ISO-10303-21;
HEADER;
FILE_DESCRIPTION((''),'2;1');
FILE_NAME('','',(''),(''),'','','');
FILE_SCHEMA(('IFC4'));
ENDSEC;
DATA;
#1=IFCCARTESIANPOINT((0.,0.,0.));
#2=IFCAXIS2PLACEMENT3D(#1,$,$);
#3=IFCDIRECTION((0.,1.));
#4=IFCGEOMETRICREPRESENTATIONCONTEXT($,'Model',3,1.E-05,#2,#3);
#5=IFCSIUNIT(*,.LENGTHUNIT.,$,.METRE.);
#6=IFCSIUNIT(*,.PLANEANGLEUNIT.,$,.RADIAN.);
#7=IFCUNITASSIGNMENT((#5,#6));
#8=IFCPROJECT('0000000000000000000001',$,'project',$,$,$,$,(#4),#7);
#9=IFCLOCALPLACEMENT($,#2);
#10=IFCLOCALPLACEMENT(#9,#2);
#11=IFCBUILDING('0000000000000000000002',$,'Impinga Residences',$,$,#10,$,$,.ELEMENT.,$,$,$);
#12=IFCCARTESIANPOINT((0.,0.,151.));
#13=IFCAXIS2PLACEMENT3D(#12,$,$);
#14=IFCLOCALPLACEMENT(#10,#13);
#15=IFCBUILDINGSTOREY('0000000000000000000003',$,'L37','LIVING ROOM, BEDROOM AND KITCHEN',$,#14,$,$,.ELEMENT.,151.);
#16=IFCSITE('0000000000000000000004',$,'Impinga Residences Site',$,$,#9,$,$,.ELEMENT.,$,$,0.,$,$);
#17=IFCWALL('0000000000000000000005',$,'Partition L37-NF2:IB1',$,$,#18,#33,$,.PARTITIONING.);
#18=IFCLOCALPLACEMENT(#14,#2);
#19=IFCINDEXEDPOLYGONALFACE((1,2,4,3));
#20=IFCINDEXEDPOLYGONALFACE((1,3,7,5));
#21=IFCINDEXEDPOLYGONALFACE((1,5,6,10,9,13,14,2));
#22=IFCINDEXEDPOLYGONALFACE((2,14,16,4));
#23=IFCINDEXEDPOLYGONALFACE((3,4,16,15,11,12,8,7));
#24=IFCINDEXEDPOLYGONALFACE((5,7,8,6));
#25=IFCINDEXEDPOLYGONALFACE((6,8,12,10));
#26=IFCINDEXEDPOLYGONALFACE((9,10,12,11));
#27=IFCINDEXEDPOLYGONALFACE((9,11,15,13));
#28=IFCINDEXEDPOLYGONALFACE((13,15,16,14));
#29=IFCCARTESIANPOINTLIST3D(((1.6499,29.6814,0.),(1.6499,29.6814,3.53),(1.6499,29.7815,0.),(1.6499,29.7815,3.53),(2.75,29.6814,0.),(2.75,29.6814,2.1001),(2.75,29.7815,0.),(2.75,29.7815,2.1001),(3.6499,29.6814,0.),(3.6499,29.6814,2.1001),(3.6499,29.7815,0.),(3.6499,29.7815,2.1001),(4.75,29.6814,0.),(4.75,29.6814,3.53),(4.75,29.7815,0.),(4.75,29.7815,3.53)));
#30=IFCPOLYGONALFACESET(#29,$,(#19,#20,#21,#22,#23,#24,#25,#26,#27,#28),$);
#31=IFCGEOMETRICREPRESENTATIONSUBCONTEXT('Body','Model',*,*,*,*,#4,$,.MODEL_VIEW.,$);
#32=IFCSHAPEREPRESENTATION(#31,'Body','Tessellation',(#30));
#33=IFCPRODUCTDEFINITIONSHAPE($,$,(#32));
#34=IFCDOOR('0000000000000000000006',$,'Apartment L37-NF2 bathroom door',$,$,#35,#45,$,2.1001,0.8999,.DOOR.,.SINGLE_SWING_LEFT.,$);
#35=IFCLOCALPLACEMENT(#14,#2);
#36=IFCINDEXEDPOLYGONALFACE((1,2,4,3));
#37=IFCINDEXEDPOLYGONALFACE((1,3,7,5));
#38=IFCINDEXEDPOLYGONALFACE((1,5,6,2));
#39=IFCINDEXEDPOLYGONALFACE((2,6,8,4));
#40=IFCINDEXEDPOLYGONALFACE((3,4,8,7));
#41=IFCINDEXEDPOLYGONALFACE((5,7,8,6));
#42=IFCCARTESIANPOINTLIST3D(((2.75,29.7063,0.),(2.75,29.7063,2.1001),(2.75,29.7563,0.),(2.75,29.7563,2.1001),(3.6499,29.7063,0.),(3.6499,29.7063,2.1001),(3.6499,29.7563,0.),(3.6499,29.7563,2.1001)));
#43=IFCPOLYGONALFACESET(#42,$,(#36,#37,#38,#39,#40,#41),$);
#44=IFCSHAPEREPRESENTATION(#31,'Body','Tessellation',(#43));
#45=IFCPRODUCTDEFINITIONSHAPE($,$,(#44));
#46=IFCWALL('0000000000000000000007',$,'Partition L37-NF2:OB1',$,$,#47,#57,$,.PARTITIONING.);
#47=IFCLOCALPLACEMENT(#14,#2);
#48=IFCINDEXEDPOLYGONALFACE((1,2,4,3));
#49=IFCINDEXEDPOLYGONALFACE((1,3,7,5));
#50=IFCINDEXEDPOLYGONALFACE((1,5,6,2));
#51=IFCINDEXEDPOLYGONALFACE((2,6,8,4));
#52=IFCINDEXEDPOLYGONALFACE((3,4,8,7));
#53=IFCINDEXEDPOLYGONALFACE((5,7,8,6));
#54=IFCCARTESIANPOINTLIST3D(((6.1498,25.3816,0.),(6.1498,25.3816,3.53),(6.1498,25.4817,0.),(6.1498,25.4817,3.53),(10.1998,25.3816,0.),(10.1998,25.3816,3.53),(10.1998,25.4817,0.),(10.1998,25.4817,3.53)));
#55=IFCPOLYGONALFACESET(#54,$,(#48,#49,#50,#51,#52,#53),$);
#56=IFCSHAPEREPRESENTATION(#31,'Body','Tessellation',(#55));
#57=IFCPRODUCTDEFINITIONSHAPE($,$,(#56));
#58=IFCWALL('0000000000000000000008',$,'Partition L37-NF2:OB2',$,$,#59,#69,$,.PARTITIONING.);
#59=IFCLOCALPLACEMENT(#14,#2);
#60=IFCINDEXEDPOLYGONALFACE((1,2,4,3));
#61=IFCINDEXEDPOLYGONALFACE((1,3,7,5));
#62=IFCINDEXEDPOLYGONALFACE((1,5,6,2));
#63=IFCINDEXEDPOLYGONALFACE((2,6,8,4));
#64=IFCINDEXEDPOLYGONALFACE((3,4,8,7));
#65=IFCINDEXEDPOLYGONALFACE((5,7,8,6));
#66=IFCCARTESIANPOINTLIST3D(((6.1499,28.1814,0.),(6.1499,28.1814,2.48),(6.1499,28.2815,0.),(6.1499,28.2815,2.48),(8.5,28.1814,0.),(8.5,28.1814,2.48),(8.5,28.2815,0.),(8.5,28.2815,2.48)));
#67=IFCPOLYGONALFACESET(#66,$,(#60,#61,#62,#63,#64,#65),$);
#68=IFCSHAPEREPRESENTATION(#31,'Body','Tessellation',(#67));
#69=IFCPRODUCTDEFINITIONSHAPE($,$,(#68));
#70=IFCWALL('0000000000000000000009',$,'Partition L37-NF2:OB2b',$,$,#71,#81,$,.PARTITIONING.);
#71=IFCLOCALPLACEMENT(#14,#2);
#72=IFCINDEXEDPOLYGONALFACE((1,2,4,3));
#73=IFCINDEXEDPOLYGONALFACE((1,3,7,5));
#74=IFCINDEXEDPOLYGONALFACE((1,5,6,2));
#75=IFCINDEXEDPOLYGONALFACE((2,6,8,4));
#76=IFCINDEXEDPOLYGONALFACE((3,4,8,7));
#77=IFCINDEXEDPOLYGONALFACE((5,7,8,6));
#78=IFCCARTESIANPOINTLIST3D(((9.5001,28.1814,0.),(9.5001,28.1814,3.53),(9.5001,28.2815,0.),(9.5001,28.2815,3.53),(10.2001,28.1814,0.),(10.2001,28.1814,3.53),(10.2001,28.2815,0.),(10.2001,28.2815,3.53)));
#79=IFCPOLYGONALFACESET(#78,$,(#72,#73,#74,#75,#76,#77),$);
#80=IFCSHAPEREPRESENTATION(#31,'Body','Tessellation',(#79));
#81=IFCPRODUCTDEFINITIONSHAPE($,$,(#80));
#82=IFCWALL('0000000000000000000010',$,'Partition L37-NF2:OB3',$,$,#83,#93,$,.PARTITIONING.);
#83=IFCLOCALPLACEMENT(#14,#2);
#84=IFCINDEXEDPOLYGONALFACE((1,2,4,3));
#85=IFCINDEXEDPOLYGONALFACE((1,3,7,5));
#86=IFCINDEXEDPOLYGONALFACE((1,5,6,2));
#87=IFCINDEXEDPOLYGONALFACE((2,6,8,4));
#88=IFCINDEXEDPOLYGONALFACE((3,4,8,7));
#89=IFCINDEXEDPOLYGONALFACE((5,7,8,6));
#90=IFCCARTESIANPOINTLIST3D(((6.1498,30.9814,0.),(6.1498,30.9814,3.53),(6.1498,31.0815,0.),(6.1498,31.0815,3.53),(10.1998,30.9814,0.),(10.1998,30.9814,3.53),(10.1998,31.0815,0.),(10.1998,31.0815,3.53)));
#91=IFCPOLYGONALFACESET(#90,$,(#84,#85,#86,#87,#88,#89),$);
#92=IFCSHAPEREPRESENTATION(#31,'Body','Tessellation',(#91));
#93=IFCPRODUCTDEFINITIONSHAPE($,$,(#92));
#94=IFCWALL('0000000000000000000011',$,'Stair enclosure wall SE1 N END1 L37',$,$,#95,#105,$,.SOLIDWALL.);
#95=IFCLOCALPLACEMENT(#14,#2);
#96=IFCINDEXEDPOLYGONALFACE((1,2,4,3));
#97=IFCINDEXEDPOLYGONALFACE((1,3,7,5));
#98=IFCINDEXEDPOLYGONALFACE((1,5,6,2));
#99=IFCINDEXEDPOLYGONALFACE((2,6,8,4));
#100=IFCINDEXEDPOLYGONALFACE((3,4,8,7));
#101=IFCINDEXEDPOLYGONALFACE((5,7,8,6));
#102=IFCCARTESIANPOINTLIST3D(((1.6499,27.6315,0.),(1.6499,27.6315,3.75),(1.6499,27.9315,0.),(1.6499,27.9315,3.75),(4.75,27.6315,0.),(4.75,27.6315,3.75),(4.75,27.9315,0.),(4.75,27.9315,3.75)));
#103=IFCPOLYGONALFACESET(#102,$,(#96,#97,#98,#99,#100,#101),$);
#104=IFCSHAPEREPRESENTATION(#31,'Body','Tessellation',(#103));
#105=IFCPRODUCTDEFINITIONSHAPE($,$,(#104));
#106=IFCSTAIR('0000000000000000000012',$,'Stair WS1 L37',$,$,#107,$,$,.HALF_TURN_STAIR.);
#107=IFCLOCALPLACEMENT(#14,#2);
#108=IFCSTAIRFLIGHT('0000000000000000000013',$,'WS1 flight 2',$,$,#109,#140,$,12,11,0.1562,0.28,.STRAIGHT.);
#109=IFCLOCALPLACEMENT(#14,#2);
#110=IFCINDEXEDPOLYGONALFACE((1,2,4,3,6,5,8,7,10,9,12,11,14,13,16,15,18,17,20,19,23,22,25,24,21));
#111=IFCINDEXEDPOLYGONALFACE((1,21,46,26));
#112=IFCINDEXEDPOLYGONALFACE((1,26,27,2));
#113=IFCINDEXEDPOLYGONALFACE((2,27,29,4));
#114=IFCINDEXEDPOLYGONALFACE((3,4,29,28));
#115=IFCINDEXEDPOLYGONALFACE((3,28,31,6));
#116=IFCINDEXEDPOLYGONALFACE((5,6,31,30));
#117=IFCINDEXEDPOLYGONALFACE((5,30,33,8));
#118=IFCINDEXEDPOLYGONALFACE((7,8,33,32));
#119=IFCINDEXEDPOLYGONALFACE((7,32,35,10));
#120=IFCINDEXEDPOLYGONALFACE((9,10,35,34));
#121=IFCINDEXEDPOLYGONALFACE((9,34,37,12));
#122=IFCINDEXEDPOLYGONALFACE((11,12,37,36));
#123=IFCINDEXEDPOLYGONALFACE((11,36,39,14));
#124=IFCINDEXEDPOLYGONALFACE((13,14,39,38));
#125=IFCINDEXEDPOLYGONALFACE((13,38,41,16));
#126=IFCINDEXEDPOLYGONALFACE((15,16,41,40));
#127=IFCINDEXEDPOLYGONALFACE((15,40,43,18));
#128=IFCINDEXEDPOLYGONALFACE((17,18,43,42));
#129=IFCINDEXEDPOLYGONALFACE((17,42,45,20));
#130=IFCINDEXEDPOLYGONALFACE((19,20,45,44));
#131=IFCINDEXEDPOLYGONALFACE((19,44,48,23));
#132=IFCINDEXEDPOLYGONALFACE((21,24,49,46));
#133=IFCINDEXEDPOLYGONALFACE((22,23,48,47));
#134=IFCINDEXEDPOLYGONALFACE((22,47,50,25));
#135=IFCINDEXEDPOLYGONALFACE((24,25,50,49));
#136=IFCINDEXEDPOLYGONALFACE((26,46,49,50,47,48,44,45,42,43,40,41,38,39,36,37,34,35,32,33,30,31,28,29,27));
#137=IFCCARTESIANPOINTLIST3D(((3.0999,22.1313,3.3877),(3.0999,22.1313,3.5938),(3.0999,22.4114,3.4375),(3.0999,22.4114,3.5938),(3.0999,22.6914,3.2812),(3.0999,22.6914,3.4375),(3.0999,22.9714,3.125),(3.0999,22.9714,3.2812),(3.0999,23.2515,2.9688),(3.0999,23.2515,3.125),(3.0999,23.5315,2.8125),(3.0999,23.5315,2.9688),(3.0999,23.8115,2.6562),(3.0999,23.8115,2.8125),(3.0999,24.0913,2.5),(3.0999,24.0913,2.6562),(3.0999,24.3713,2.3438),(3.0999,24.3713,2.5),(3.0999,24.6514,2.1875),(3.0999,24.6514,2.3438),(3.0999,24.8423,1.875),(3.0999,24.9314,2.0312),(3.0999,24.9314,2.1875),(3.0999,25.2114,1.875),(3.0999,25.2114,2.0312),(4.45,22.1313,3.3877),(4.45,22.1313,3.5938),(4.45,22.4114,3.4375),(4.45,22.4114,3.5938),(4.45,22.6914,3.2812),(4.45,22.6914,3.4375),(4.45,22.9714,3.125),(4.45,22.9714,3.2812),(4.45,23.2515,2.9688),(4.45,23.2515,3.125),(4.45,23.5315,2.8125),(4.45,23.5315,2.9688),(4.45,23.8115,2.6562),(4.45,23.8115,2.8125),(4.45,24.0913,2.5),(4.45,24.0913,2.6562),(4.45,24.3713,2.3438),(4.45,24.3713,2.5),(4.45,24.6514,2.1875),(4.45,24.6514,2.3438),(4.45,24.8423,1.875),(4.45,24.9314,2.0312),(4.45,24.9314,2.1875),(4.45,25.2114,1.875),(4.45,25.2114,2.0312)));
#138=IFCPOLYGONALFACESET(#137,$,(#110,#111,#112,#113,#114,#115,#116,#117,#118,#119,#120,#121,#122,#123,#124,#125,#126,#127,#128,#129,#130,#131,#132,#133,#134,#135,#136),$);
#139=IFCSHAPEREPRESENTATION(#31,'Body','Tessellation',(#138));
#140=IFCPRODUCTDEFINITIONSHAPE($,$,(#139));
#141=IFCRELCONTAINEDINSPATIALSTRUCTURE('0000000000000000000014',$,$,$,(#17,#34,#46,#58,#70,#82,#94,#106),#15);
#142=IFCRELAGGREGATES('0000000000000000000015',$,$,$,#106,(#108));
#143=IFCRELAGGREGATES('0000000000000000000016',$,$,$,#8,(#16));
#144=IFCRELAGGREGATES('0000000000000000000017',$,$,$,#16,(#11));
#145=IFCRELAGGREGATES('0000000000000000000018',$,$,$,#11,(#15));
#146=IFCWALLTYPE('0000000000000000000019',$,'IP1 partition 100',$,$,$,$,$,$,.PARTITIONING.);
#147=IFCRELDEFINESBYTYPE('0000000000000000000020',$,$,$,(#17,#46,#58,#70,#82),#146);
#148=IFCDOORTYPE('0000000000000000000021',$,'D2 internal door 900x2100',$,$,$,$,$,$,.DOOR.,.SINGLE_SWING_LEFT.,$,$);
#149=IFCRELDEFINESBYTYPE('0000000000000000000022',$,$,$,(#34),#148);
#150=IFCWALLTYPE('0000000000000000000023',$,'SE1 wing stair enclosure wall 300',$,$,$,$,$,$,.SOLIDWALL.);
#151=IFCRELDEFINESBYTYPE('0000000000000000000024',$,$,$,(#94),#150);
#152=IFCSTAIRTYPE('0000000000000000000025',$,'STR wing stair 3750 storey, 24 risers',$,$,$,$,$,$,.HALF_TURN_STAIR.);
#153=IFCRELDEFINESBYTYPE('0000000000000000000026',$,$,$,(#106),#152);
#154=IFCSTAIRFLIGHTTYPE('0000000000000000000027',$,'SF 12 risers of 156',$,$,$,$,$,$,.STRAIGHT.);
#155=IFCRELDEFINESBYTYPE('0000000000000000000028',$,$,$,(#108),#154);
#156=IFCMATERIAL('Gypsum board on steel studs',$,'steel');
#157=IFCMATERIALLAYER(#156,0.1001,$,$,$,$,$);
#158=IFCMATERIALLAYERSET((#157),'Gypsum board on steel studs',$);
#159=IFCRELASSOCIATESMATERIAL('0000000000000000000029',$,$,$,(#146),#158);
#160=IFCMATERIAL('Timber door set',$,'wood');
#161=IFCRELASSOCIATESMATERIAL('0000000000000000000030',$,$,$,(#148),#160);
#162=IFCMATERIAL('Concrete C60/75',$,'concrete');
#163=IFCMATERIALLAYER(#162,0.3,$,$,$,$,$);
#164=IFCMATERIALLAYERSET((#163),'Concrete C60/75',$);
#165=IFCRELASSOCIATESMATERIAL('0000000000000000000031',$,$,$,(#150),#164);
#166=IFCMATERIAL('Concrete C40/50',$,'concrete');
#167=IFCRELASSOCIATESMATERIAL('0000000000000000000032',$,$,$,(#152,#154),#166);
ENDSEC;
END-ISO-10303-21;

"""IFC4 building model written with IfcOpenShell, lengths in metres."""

from ifc_helpers import new_model, si_unit, direction, frame, frame_2d, origin, place, context, subcontext, project, spatial, polyline, rectangle, outline, extrude, material, layer, layer_set, type_object, element, fill, aggregate, save


model = new_model("IFC4")

# Units and contexts
model_context = context("Model", 3, precision=1e-05, world=origin(), true_north=direction((0.0, 1.0)))
body_context = subcontext(model_context, "Body", "Model", "MODEL_VIEW")
ifc_project = project(units=[si_unit("LENGTHUNIT", "METRE"), si_unit("PLANEANGLEUNIT", "RADIAN")], contexts=[model_context])

# Site, building, storey
site_placement = place(None, origin())
site = spatial("IfcSite", under=ifc_project, at=site_placement, Name="Impinga Residences Site", CompositionType="ELEMENT", RefElevation=0.0)
building_placement = place(site_placement, origin())
building = spatial("IfcBuilding", under=site, at=building_placement, Name="Impinga Residences", CompositionType="ELEMENT")
storey_placement = place(building_placement, frame((0.0, 0.0, 151.0)))
storey = spatial("IfcBuildingStorey", under=building, at=storey_placement, Name="L37", Description="LIVING ROOM, BEDROOM AND KITCHEN", CompositionType="ELEMENT", Elevation=151.0)

# Shared definitions
ifc_material_1 = material(Name="Concrete C60/75", Category="concrete")

# Shared definitions
ifc_material_2 = material(Name="Gypsum board on steel studs", Category="steel")
ifc_layer_1 = layer(ifc_material_2, 0.1001)
ifc_layer_set_1 = layer_set([ifc_layer_1], Name="Gypsum board on steel studs")
wall_type_1 = type_object("IfcWallType", Name="IP1 partition 100", PredefinedType="PARTITIONING", material=ifc_layer_set_1)

# Wall, opening, door
wall_1_placement = place(storey_placement, frame((1.6499, 29.7314, 0.0), z_axis=(0.0, 0.0, 1.0), x_axis=(1.0, 0.0, 0.0)))
wall_1 = element("IfcWall", 1, at=wall_1_placement, inside=storey, type_object=wall_type_1, Name="Partition L37-NF2:IB1", PredefinedType="PARTITIONING", context=body_context, shape_type="SweptSolid", body=[
    extrude(rectangle(XDim=3.1001, YDim=0.1001, at=frame_2d((1.55, 0.0))), origin(), (0.0, 0.0, 1.0), 3.53),
])
opening_1_placement = place(wall_1_placement, frame((1.1001, 0.0, 0.0)))
opening_1 = element("IfcOpeningElement", 2, at=opening_1_placement, cuts=wall_1, PredefinedType="OPENING", context=body_context, shape_type="SweptSolid", body=[
    extrude(rectangle(XDim=0.8999, YDim=2.1001, at=frame_2d((0.45, 1.05))), frame((0.0, 0.0601, 0.0), z_axis=(0.0, -1.0, 0.0), x_axis=(1.0, 0.0, 0.0)), (0.0, 0.0, 1.0), 0.1201),
])
ifc_material_3 = material(Name="Timber door set", Category="wood")
door_type = type_object("IfcDoorType", Name="D2 internal door 900x2100", OperationType="SINGLE_SWING_LEFT", PredefinedType="DOOR", material=ifc_material_3)
door_placement = place(opening_1_placement, origin())
door = element("IfcDoor", 3, at=door_placement, inside=storey, type_object=door_type, Name="Apartment L37-NF2 bathroom door", OperationType="SINGLE_SWING_LEFT", OverallHeight=2.1001, OverallWidth=0.8999, PredefinedType="DOOR", context=body_context, shape_type="SweptSolid", body=[
    extrude(rectangle(XDim=0.8999, YDim=2.1001, at=frame_2d((0.45, 1.05))), frame((0.0, 0.0249, 0.0), z_axis=(0.0, -1.0, 0.0), x_axis=(1.0, 0.0, 0.0)), (0.0, 0.0, 1.0), 0.05),
])
fill(opening_1, door)

# Walls
wall_2_placement = place(storey_placement, frame((6.1499, 25.4316, 0.0), z_axis=(0.0, 0.0, 1.0), x_axis=(1.0, 0.0, 0.0)))
element("IfcWall", 4, at=wall_2_placement, inside=storey, type_object=wall_type_1, Name="Partition L37-NF2:OB1", PredefinedType="PARTITIONING", context=body_context, shape_type="SweptSolid", body=[
    extrude(rectangle(XDim=4.05, YDim=0.1001, at=frame_2d((2.0249, 0.0))), origin(), (0.0, 0.0, 1.0), 3.53),
])
wall_3_placement = place(storey_placement, frame((6.1499, 28.2314, 0.0), z_axis=(0.0, 0.0, 1.0), x_axis=(1.0, 0.0, 0.0)))
element("IfcWall", 5, at=wall_3_placement, inside=storey, type_object=wall_type_1, Name="Partition L37-NF2:OB2", PredefinedType="PARTITIONING", context=body_context, shape_type="SweptSolid", body=[
    extrude(rectangle(XDim=2.3501, YDim=0.1001, at=frame_2d((1.175, 0.0))), origin(), (0.0, 0.0, 1.0), 2.48),
])
wall_4_placement = place(storey_placement, frame((9.5, 28.2314, 0.0), z_axis=(0.0, 0.0, 1.0), x_axis=(1.0, 0.0, 0.0)))
element("IfcWall", 6, at=wall_4_placement, inside=storey, type_object=wall_type_1, Name="Partition L37-NF2:OB2b", PredefinedType="PARTITIONING", context=body_context, shape_type="SweptSolid", body=[
    extrude(rectangle(XDim=0.7, YDim=0.1001, at=frame_2d((0.3501, 0.0))), origin(), (0.0, 0.0, 1.0), 3.53),
])
wall_5_placement = place(storey_placement, frame((6.1499, 31.0315, 0.0), z_axis=(0.0, 0.0, 1.0), x_axis=(1.0, 0.0, 0.0)))
element("IfcWall", 7, at=wall_5_placement, inside=storey, type_object=wall_type_1, Name="Partition L37-NF2:OB3", PredefinedType="PARTITIONING", context=body_context, shape_type="SweptSolid", body=[
    extrude(rectangle(XDim=4.05, YDim=0.1001, at=frame_2d((2.0249, 0.0))), origin(), (0.0, 0.0, 1.0), 3.53),
])
ifc_layer_2 = layer(ifc_material_1, 0.3)
ifc_layer_set_2 = layer_set([ifc_layer_2], Name="Concrete C60/75")
wall_type_2 = type_object("IfcWallType", Name="SE1 wing stair enclosure wall 300", PredefinedType="SOLIDWALL", material=ifc_layer_set_2)
wall_6_placement = place(storey_placement, frame((1.6499, 27.7815, 0.0), z_axis=(0.0, 0.0, 1.0), x_axis=(1.0, 0.0, 0.0)))
element("IfcWall", 8, at=wall_6_placement, inside=storey, type_object=wall_type_2, Name="Stair enclosure wall SE1 N END1 L37", PredefinedType="SOLIDWALL", context=body_context, shape_type="SweptSolid", body=[
    extrude(rectangle(XDim=3.1001, YDim=0.3, at=frame_2d((1.55, 0.0))), origin(), (0.0, 0.0, 1.0), 3.75),
])

# Stair, stair flight
ifc_material_4 = material(Name="Concrete C40/50", Category="concrete")
stair_type = type_object("IfcStairType", Name="STR wing stair 3750 storey, 24 risers", PredefinedType="HALF_TURN_STAIR", material=ifc_material_4)
stair_placement = place(storey_placement, origin())
stair = element("IfcStair", 9, at=stair_placement, inside=storey, type_object=stair_type, Name="Stair WS1 L37", PredefinedType="HALF_TURN_STAIR")
stair_flight_type = type_object("IfcStairFlightType", Name="SF 12 risers of 156", PredefinedType="STRAIGHT", material=ifc_material_4)
stair_flight_placement = place(storey_placement, frame((3.7749, 25.2114, 1.875), z_axis=(0.0, 0.0, 1.0), x_axis=(0.0, -1.0, 0.0)))
stair_flight = element("IfcStairFlight", 10, at=stair_flight_placement, type_object=stair_flight_type, Name="WS1 flight 2", NumberOfRisers=12, NumberOfTreads=11, PredefinedType="STRAIGHT", RiserHeight=0.1562, TreadLength=0.28, context=body_context, shape_type="SweptSolid", body=[
    extrude(outline(polyline([(0.0, 0.0), (0.0, 0.1562), (0.28, 0.1562), (0.28, 0.3125), (0.5601, 0.3125), (0.5601, 0.4688), (0.8401, 0.4688), (0.8401, 0.625), (1.1201, 0.625), (1.1201, 0.7812), (1.3999, 0.7812), (1.3999, 0.9375), (1.6799, 0.9375), (1.6799, 1.0938), (1.96, 1.0938), (1.96, 1.25), (2.24, 1.25), (2.24, 1.4062), (2.52, 1.4062), (2.52, 1.5625), (2.8, 1.5625), (2.8, 1.7188), (3.0801, 1.7188), (3.0801, 1.875), (3.0801, 1.5127), (0.3691, 0.0), (0.0, 0.0)])), frame((0.0, 0.675, 0.0), z_axis=(0.0, -1.0, 0.0), x_axis=(1.0, 0.0, 0.0)), (0.0, 0.0, 1.0), 1.3501),
])
aggregate(stair, [stair_flight])

save(model, "model.ifc")
